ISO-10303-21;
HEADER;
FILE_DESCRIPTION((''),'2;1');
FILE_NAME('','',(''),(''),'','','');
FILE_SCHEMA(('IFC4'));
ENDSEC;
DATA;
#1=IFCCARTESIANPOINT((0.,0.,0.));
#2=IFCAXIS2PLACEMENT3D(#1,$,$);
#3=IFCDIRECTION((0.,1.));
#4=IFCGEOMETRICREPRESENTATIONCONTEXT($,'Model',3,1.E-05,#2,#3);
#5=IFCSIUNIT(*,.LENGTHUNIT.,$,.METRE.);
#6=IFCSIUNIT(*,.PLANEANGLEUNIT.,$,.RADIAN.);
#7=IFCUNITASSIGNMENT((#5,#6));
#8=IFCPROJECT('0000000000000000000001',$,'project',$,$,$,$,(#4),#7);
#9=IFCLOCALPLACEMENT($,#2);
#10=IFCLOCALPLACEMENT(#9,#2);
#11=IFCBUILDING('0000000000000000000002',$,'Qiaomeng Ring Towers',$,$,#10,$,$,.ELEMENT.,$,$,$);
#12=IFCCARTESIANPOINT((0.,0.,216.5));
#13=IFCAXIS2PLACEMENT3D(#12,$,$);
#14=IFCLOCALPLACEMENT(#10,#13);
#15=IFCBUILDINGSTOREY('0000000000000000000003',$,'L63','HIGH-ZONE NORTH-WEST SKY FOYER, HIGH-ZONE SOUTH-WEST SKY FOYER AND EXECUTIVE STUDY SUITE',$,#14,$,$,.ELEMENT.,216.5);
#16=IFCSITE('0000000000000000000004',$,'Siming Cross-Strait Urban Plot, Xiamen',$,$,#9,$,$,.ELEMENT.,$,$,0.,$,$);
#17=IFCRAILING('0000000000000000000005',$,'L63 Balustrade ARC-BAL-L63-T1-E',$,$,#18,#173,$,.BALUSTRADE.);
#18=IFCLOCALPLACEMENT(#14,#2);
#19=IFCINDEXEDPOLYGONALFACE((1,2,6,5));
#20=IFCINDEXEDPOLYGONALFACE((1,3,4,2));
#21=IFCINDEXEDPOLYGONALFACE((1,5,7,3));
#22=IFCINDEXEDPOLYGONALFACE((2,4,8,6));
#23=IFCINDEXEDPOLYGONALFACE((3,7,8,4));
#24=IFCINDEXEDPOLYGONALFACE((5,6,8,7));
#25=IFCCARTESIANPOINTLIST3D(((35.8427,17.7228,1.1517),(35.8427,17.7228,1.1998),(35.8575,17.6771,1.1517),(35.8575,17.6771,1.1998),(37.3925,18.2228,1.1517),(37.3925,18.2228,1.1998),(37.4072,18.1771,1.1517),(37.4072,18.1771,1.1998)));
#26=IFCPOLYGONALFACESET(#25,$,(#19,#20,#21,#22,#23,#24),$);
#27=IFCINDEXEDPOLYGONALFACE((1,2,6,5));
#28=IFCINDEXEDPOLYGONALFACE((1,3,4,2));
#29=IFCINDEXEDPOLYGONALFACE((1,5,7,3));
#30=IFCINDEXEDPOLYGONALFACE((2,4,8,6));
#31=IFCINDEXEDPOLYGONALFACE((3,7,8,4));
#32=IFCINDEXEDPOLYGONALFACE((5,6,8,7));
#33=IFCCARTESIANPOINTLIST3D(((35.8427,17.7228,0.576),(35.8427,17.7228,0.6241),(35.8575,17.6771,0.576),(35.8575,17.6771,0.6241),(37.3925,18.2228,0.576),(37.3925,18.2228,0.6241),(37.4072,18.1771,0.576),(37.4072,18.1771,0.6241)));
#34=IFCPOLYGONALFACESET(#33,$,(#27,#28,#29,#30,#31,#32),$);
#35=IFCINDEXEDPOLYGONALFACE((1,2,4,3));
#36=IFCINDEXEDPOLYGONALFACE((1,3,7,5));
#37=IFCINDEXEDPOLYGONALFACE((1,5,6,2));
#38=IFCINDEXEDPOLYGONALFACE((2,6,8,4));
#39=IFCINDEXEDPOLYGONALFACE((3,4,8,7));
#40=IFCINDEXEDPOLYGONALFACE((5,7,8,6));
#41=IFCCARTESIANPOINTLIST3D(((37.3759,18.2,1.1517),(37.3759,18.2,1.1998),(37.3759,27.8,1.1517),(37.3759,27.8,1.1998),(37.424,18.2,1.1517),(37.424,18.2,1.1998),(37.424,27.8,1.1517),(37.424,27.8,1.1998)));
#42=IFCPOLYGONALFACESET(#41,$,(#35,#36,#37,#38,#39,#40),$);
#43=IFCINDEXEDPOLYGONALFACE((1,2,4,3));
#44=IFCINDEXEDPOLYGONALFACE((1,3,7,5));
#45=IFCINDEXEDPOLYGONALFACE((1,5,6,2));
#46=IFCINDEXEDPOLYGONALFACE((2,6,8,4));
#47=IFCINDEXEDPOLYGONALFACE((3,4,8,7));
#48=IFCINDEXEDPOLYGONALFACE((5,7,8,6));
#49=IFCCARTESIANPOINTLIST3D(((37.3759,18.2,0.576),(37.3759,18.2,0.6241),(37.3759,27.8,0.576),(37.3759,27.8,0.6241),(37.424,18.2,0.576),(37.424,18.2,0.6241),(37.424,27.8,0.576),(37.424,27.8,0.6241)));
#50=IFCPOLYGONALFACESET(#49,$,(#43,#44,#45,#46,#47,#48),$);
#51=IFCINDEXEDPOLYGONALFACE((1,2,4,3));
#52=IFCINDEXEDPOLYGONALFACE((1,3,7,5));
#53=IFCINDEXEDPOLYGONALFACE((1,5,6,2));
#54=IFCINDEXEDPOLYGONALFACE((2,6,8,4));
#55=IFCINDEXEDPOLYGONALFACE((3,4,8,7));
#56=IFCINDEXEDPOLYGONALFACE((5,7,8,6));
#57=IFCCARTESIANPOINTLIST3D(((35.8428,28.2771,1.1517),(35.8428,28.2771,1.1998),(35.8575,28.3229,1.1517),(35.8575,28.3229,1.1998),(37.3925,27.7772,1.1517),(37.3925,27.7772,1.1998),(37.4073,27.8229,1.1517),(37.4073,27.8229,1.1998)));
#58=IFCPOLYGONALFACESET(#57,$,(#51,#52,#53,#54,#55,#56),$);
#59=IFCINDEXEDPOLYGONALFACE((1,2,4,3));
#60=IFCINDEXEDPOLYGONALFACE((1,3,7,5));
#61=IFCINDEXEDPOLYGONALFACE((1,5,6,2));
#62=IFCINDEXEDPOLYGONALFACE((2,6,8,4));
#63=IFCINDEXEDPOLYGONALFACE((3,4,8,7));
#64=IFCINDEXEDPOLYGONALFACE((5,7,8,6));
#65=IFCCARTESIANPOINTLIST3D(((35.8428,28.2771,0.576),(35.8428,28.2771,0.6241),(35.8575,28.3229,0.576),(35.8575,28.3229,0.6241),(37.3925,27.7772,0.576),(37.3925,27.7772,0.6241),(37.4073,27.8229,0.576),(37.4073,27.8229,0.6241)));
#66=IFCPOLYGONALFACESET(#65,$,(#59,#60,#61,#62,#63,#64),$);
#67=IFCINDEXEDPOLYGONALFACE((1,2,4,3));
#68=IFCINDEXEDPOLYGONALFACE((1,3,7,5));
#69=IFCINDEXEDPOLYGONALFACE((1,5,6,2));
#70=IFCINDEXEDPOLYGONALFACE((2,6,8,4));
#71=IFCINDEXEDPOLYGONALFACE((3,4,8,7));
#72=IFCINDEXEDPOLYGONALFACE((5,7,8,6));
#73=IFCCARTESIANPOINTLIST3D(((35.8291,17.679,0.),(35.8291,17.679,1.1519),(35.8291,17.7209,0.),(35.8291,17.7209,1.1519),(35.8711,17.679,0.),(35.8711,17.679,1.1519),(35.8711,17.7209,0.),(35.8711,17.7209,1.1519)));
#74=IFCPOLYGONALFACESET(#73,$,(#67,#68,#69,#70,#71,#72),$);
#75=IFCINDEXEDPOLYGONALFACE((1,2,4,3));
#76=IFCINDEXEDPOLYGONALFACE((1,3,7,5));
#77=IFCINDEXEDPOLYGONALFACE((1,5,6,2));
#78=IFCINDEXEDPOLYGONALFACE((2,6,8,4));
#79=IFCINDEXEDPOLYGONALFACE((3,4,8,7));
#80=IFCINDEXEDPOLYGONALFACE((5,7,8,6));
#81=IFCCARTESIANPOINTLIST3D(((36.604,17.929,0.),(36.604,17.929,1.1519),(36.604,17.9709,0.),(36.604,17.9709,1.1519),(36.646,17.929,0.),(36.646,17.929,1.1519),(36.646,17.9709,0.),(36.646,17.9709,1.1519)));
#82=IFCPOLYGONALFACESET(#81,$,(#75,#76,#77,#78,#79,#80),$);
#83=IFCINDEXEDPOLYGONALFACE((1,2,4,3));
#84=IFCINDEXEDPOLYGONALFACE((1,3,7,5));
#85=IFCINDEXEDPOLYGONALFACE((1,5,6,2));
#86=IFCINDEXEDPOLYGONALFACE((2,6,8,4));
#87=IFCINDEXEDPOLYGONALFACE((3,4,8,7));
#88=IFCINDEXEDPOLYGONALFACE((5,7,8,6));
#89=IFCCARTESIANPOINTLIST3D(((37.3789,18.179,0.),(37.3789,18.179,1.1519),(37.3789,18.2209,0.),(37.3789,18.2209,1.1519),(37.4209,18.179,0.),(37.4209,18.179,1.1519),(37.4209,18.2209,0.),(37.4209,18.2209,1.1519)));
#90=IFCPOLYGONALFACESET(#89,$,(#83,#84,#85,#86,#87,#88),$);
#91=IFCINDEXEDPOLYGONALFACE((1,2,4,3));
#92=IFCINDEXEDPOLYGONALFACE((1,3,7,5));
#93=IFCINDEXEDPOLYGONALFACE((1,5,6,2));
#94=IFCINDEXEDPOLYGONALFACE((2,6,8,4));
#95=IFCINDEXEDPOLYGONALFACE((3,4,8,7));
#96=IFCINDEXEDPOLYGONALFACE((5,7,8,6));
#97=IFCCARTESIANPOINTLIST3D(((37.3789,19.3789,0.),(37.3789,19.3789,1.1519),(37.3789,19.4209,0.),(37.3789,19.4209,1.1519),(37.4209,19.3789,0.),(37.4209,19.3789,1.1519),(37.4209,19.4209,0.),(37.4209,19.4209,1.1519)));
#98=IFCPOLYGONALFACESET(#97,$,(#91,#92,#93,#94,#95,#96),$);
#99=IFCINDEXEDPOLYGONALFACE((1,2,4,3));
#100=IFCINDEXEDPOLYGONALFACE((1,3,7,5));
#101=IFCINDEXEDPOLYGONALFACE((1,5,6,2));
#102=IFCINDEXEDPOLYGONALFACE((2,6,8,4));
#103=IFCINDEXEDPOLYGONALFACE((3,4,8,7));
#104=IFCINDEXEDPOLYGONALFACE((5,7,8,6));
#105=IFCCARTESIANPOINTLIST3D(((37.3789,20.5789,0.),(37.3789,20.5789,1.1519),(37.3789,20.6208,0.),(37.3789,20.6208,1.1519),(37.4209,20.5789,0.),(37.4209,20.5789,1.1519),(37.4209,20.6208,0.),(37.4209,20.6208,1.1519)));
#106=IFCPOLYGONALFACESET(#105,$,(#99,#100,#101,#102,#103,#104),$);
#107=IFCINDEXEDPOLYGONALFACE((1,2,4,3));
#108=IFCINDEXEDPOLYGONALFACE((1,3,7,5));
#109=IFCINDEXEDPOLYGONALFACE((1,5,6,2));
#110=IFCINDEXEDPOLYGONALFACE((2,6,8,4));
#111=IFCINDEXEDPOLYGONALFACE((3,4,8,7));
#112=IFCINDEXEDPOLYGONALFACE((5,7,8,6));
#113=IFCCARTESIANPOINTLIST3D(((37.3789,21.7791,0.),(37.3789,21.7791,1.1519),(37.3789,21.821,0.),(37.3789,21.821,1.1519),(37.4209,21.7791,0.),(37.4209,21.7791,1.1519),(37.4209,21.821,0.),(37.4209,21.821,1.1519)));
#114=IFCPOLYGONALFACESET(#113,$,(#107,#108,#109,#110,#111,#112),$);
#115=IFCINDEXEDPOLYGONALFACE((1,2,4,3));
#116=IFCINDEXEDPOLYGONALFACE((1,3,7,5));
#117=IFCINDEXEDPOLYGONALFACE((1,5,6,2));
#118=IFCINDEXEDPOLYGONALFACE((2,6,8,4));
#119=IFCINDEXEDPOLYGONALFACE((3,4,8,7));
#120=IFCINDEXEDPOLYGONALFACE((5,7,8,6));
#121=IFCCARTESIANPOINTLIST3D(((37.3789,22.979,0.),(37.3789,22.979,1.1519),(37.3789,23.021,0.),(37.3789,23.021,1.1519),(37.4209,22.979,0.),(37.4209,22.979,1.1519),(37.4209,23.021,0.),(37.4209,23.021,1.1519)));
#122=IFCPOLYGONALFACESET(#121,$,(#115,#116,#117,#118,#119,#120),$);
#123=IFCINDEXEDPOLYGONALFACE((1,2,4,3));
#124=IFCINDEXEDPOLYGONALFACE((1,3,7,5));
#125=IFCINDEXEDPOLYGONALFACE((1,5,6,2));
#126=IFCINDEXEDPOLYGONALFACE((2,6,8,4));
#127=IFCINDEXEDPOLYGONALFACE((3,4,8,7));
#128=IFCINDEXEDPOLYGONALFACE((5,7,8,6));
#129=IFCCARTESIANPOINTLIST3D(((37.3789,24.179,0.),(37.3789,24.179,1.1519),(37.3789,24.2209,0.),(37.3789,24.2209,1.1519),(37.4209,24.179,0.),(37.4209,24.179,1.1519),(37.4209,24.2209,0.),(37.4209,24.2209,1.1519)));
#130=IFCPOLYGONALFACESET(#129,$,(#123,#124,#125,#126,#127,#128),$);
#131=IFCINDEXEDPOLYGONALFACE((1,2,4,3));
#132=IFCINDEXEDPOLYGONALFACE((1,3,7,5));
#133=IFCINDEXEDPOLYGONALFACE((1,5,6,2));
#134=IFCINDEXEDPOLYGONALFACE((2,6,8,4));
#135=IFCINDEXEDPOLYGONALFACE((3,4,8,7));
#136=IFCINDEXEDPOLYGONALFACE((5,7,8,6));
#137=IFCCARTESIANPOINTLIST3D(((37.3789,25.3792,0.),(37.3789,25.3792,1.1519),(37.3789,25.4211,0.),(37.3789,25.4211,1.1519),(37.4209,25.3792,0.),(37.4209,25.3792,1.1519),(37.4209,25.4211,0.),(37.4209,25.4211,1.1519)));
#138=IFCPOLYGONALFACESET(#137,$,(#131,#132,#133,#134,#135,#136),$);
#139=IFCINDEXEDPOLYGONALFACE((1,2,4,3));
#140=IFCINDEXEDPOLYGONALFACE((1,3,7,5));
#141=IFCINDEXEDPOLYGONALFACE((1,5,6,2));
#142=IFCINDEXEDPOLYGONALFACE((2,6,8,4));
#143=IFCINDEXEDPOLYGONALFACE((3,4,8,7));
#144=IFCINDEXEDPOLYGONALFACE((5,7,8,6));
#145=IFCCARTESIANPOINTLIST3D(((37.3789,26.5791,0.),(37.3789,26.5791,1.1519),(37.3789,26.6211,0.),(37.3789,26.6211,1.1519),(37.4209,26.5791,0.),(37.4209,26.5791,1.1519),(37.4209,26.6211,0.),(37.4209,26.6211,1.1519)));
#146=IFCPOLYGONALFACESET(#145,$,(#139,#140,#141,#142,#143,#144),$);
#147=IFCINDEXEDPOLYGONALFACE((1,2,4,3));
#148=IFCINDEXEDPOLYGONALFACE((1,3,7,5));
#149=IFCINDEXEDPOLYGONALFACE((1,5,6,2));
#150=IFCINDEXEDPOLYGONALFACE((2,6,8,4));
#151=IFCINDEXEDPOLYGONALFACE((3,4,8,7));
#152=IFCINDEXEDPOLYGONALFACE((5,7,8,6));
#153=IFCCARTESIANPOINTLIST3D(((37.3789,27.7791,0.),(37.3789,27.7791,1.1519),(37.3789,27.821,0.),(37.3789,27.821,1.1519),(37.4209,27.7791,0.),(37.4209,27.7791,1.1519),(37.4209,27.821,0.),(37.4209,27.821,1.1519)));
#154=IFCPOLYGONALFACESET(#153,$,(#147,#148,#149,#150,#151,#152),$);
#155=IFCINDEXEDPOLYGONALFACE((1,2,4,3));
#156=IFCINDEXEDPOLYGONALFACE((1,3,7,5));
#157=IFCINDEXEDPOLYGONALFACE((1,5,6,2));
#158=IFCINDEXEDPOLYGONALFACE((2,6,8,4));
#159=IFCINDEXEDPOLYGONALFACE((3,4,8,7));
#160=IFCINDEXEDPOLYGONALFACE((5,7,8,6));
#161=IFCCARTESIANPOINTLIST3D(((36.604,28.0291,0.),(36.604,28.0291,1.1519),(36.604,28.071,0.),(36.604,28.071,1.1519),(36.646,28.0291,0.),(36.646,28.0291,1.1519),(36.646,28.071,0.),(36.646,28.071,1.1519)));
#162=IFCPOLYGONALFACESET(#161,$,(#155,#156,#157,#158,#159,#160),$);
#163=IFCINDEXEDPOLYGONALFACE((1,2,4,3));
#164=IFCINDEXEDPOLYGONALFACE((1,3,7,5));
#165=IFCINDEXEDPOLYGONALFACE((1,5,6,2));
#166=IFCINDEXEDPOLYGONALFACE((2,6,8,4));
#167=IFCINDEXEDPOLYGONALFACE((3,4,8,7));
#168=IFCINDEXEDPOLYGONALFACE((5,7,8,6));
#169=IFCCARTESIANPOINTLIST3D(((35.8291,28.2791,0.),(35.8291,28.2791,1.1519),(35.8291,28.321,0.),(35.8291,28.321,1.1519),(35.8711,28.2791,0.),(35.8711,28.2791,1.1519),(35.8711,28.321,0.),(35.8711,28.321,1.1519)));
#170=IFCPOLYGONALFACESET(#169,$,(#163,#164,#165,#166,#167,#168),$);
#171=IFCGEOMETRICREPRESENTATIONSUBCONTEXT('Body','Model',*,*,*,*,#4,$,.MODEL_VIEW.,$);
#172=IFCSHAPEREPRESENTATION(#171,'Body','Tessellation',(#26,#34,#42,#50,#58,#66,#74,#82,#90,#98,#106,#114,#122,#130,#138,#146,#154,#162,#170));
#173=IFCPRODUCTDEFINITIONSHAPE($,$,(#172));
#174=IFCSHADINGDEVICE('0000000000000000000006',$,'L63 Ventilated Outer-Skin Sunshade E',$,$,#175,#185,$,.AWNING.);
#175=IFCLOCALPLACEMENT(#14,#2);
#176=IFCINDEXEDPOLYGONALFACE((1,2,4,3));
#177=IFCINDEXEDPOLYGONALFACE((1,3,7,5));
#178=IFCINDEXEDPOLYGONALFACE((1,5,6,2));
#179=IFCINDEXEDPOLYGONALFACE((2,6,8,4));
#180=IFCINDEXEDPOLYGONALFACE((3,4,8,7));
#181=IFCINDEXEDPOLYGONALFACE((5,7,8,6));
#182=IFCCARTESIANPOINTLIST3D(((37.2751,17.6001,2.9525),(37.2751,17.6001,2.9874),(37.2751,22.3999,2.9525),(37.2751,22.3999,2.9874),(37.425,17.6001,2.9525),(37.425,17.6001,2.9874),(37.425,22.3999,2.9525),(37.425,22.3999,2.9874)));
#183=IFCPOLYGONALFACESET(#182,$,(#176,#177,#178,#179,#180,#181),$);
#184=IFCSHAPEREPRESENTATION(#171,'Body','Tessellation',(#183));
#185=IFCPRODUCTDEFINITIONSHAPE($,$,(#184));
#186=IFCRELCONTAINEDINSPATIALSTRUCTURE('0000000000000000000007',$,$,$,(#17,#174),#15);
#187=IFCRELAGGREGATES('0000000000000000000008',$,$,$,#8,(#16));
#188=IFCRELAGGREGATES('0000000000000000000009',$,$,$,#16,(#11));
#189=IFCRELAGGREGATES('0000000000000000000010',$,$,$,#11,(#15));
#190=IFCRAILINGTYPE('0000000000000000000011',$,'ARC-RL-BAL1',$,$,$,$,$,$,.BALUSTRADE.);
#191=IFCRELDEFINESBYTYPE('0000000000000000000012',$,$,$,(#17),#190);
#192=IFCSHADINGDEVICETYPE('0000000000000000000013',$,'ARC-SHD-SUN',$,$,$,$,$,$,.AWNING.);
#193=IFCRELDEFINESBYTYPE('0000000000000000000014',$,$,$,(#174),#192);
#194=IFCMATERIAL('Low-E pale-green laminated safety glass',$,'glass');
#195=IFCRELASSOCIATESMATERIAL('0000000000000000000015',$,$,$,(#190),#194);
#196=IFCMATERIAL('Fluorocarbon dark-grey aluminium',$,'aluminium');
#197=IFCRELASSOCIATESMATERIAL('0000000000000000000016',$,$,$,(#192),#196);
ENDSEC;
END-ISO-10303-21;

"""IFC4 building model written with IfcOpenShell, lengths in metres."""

from ifc_helpers import new_model, si_unit, direction, frame, origin, origin_2d, place, context, subcontext, project, spatial, rectangle, extrude, source, transform, mapped, material, material_profile, profile_set, type_object, element, save


model = new_model("IFC4")

# Units and contexts
model_context = context("Model", 3, precision=1e-05, world=origin(), true_north=direction((0.0, 1.0)))
body_context = subcontext(model_context, "Body", "Model", "MODEL_VIEW")
ifc_project = project(units=[si_unit("LENGTHUNIT", "METRE"), si_unit("PLANEANGLEUNIT", "RADIAN")], contexts=[model_context])

# Site, building, storey
site_placement = place(None, origin())
site = spatial("IfcSite", under=ifc_project, at=site_placement, Name="Siming Cross-Strait Urban Plot, Xiamen", CompositionType="ELEMENT", RefElevation=0.0)
building_placement = place(site_placement, origin())
building = spatial("IfcBuilding", under=site, at=building_placement, Name="Qiaomeng Ring Towers", CompositionType="ELEMENT")
storey_placement = place(building_placement, frame((0.0, 0.0, 216.5)))
storey = spatial("IfcBuildingStorey", under=building, at=storey_placement, Name="L63", Description="HIGH-ZONE NORTH-WEST SKY FOYER, HIGH-ZONE SOUTH-WEST SKY FOYER AND EXECUTIVE STUDY SUITE", CompositionType="ELEMENT", Elevation=216.5)

# Railing
ifc_material_1 = material(Name="Low-E pale-green laminated safety glass", Category="glass")
railing_type = type_object("IfcRailingType", Name="ARC-RL-BAL1", PredefinedType="BALUSTRADE", material=ifc_material_1)
railing_placement = place(storey_placement, frame((35.8501, 17.7, 0.0)))
element("IfcRailing", 1, at=railing_placement, inside=storey, type_object=railing_type, Name="L63 Balustrade ARC-BAL-L63-T1-E", PredefinedType="BALUSTRADE", context=body_context, shape_type="SweptSolid", body=[
    extrude(rectangle(XDim=0.0481, YDim=0.0481, at=origin_2d()), frame((0.0, 0.0, 1.1758), z_axis=(0.951697, 0.307038, 0.0), x_axis=(-0.307038, 0.951697, 0.0)), (0.0, 0.0, 1.0), 1.6284),
    extrude(rectangle(XDim=0.0481, YDim=0.0481, at=origin_2d()), frame((0.0, 0.0, 0.6001), z_axis=(0.951697, 0.307038, 0.0), x_axis=(-0.307038, 0.951697, 0.0)), (0.0, 0.0, 1.0), 1.6284),
    extrude(rectangle(XDim=0.0481, YDim=0.0481, at=origin_2d()), frame((1.5498, 0.5, 1.1758), z_axis=(0.0, 1.0, 0.0), x_axis=(-1.0, 0.0, 0.0)), (0.0, 0.0, 1.0), 9.6001),
    extrude(rectangle(XDim=0.0481, YDim=0.0481, at=origin_2d()), frame((1.5498, 0.5, 0.6001), z_axis=(0.0, 1.0, 0.0), x_axis=(-1.0, 0.0, 0.0)), (0.0, 0.0, 1.0), 9.6001),
    extrude(rectangle(XDim=0.0481, YDim=0.0481, at=origin_2d()), frame((1.5498, 10.1001, 1.1758), z_axis=(-0.951697, 0.307038, 0.0), x_axis=(-0.307038, -0.951697, 0.0)), (0.0, 0.0, 1.0), 1.6284),
    extrude(rectangle(XDim=0.0481, YDim=0.0481, at=origin_2d()), frame((1.5498, 10.1001, 0.6001), z_axis=(-0.951697, 0.307038, 0.0), x_axis=(-0.307038, -0.951697, 0.0)), (0.0, 0.0, 1.0), 1.6284),
    extrude(rectangle(XDim=0.042, YDim=0.042, at=origin_2d()), origin(), (0.0, 0.0, 1.0), 1.1519),
    extrude(rectangle(XDim=0.042, YDim=0.042, at=origin_2d()), frame((0.7749, 0.25, 0.0)), (0.0, 0.0, 1.0), 1.1519),
    extrude(rectangle(XDim=0.042, YDim=0.042, at=origin_2d()), frame((1.5498, 0.5, 0.0)), (0.0, 0.0, 1.0), 1.1519),
    extrude(rectangle(XDim=0.042, YDim=0.042, at=origin_2d()), frame((1.5498, 1.7, 0.0)), (0.0, 0.0, 1.0), 1.1519),
    extrude(rectangle(XDim=0.042, YDim=0.042, at=origin_2d()), frame((1.5498, 2.8999, 0.0)), (0.0, 0.0, 1.0), 1.1519),
    extrude(rectangle(XDim=0.042, YDim=0.042, at=origin_2d()), frame((1.5498, 4.1001, 0.0)), (0.0, 0.0, 1.0), 1.1519),
    extrude(rectangle(XDim=0.042, YDim=0.042, at=origin_2d()), frame((1.5498, 5.3, 0.0)), (0.0, 0.0, 1.0), 1.1519),
    extrude(rectangle(XDim=0.042, YDim=0.042, at=origin_2d()), frame((1.5498, 6.5, 0.0)), (0.0, 0.0, 1.0), 1.1519),
    extrude(rectangle(XDim=0.042, YDim=0.042, at=origin_2d()), frame((1.5498, 7.7002, 0.0)), (0.0, 0.0, 1.0), 1.1519),
    extrude(rectangle(XDim=0.042, YDim=0.042, at=origin_2d()), frame((1.5498, 8.9001, 0.0)), (0.0, 0.0, 1.0), 1.1519),
    extrude(rectangle(XDim=0.042, YDim=0.042, at=origin_2d()), frame((1.5498, 10.1001, 0.0)), (0.0, 0.0, 1.0), 1.1519),
    extrude(rectangle(XDim=0.042, YDim=0.042, at=origin_2d()), frame((0.7749, 10.3501, 0.0)), (0.0, 0.0, 1.0), 1.1519),
    extrude(rectangle(XDim=0.042, YDim=0.042, at=origin_2d()), frame((0.0, 10.6001, 0.0)), (0.0, 0.0, 1.0), 1.1519),
])

# Shading device
ifc_material_2 = material(Name="Fluorocarbon dark-grey aluminium", Category="aluminium")
ifc_material_profile_1 = material_profile(ifc_material_2, rectangle(XDim=0.1499, YDim=0.0349, at=origin_2d()), Name="LV BLADE 150x35")
ifc_profile_set_1 = profile_set([ifc_material_profile_1], Name="Fluorocarbon dark-grey aluminium")
shading_device_type = type_object("IfcShadingDeviceType", Name="ARC-SHD-SUN", PredefinedType="AWNING", material=ifc_profile_set_1)
shared_shape_1 = source(origin(), body_context, "Body", "SweptSolid", [
    extrude(rectangle(XDim=0.1499, YDim=0.0349, at=origin_2d()), origin(), (0.0, 0.0, 1.0), 4.7998),
])
shading_device_placement = place(storey_placement, frame((37.3501, 17.6001, 2.97), z_axis=(0.0, 1.0, 0.0), x_axis=(-1.0, 0.0, 0.0)))
element("IfcShadingDevice", 2, at=shading_device_placement, inside=storey, type_object=shading_device_type, Name="L63 Ventilated Outer-Skin Sunshade E", PredefinedType="AWNING", context=body_context, shape_type="MappedRepresentation", body=[
    mapped(shared_shape_1, transform((0.0, 0.0, 0.0), x_axis=(1.0, 0.0, 0.0), y_axis=(0.0, 1.0, 0.0), z_axis=(0.0, 0.0, 1.0), scale=1.0)),
])

save(model, "model.ifc")
